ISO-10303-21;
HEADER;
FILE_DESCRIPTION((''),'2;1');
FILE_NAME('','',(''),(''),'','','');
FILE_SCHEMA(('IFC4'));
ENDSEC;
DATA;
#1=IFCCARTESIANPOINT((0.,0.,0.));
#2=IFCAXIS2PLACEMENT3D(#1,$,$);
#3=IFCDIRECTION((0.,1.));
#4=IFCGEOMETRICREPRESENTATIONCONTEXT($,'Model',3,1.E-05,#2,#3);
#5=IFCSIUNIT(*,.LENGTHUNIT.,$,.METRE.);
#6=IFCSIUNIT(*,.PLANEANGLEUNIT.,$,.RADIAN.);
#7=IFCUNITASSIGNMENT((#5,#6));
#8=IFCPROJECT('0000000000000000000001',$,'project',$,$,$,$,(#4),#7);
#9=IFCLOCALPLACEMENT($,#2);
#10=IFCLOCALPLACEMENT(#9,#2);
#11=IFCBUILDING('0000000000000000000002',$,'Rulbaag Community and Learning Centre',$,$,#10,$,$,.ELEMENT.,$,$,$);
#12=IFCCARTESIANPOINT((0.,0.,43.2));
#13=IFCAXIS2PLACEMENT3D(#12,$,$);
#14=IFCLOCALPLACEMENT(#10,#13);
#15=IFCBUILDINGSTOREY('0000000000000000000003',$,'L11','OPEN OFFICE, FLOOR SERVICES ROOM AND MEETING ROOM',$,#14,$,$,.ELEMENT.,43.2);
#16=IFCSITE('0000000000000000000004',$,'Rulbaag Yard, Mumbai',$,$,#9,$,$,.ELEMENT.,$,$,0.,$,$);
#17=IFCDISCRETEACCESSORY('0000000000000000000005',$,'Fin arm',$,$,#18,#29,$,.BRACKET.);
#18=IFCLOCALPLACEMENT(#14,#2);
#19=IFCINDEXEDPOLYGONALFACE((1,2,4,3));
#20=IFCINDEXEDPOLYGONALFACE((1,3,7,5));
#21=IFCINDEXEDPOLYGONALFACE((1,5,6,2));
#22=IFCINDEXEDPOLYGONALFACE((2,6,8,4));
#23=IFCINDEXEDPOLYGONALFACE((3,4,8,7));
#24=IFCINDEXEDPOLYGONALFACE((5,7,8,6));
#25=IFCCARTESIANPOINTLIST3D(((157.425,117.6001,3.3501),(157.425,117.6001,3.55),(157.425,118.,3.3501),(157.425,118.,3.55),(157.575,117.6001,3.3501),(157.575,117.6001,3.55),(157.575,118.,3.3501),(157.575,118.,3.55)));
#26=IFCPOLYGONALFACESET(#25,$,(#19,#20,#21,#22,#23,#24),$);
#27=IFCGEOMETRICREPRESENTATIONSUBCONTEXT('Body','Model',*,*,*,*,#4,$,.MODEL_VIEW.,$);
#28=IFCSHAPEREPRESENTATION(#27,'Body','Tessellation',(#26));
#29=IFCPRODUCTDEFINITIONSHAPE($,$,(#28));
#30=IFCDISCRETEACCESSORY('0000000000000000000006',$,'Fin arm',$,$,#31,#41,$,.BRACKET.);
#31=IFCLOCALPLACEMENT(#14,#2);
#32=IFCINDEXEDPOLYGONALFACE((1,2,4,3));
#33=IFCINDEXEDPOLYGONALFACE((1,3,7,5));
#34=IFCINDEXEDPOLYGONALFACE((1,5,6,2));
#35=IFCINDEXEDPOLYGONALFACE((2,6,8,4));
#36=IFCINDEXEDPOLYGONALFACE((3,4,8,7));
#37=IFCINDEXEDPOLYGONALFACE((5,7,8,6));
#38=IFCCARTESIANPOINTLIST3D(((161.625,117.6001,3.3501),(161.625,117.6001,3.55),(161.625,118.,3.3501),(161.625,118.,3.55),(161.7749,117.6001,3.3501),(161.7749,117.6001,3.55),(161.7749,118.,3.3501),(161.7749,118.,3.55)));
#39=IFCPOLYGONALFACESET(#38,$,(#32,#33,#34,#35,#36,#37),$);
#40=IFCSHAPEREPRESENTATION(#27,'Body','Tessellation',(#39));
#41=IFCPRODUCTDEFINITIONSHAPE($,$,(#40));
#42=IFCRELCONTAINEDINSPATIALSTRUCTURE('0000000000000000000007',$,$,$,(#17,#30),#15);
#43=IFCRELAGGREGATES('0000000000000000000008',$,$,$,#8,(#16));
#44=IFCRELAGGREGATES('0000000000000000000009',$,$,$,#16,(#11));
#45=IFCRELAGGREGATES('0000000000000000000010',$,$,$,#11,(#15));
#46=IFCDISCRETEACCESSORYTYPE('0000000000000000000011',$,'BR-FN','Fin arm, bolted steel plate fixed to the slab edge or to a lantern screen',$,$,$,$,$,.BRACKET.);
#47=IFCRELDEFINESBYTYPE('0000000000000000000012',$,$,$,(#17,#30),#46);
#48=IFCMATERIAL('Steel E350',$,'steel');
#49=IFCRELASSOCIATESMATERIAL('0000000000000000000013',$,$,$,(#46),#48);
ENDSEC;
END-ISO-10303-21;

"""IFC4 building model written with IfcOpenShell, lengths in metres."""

from ifc_helpers import new_model, si_unit, direction, frame, origin, origin_2d, place, context, subcontext, project, spatial, rectangle, extrude, material, type_object, element, save


model = new_model("IFC4")

# Units and contexts
model_context = context("Model", 3, precision=1e-05, world=origin(), true_north=direction((0.0, 1.0)))
body_context = subcontext(model_context, "Body", "Model", "MODEL_VIEW")
ifc_project = project(units=[si_unit("LENGTHUNIT", "METRE"), si_unit("PLANEANGLEUNIT", "RADIAN")], contexts=[model_context])

# Site, building, storey
site_placement = place(None, origin())
site = spatial("IfcSite", under=ifc_project, at=site_placement, Name="Rulbaag Yard, Mumbai", CompositionType="ELEMENT", RefElevation=0.0)
building_placement = place(site_placement, origin())
building = spatial("IfcBuilding", under=site, at=building_placement, Name="Rulbaag Community and Learning Centre", CompositionType="ELEMENT")
storey_placement = place(building_placement, frame((0.0, 0.0, 43.2)))
storey = spatial("IfcBuildingStorey", under=building, at=storey_placement, Name="L11", Description="OPEN OFFICE, FLOOR SERVICES ROOM AND MEETING ROOM", CompositionType="ELEMENT", Elevation=43.2)

# Discrete accessories
ifc_material_1 = material(Name="Steel E350", Category="steel")
discrete_accessory_type = type_object("IfcDiscreteAccessoryType", Name="BR-FN", Description="Fin arm, bolted steel plate fixed to the slab edge or to a lantern screen", PredefinedType="BRACKET", material=ifc_material_1)
for number, where, z_axis, x_axis, name in (
    (1, (157.5, 117.8, 3.3501), (0.0, 0.0, 1.0), (1.0, 0.0, 0.0), "Fin arm"),
    (2, (161.7, 117.8, 3.3501), (0.0, 0.0, 1.0), (1.0, 0.0, 0.0), "Fin arm"),
):
    element("IfcDiscreteAccessory", number, at=place(storey_placement, frame(where, z_axis=z_axis, x_axis=x_axis)), inside=storey, type_object=discrete_accessory_type, Name=name, PredefinedType="BRACKET", context=body_context, shape_type="SweptSolid", body=[
        extrude(rectangle(XDim=0.1499, YDim=0.3999, at=origin_2d()), origin(), (0.0, 0.0, 1.0), 0.2),
    ])

save(model, "model.ifc")
